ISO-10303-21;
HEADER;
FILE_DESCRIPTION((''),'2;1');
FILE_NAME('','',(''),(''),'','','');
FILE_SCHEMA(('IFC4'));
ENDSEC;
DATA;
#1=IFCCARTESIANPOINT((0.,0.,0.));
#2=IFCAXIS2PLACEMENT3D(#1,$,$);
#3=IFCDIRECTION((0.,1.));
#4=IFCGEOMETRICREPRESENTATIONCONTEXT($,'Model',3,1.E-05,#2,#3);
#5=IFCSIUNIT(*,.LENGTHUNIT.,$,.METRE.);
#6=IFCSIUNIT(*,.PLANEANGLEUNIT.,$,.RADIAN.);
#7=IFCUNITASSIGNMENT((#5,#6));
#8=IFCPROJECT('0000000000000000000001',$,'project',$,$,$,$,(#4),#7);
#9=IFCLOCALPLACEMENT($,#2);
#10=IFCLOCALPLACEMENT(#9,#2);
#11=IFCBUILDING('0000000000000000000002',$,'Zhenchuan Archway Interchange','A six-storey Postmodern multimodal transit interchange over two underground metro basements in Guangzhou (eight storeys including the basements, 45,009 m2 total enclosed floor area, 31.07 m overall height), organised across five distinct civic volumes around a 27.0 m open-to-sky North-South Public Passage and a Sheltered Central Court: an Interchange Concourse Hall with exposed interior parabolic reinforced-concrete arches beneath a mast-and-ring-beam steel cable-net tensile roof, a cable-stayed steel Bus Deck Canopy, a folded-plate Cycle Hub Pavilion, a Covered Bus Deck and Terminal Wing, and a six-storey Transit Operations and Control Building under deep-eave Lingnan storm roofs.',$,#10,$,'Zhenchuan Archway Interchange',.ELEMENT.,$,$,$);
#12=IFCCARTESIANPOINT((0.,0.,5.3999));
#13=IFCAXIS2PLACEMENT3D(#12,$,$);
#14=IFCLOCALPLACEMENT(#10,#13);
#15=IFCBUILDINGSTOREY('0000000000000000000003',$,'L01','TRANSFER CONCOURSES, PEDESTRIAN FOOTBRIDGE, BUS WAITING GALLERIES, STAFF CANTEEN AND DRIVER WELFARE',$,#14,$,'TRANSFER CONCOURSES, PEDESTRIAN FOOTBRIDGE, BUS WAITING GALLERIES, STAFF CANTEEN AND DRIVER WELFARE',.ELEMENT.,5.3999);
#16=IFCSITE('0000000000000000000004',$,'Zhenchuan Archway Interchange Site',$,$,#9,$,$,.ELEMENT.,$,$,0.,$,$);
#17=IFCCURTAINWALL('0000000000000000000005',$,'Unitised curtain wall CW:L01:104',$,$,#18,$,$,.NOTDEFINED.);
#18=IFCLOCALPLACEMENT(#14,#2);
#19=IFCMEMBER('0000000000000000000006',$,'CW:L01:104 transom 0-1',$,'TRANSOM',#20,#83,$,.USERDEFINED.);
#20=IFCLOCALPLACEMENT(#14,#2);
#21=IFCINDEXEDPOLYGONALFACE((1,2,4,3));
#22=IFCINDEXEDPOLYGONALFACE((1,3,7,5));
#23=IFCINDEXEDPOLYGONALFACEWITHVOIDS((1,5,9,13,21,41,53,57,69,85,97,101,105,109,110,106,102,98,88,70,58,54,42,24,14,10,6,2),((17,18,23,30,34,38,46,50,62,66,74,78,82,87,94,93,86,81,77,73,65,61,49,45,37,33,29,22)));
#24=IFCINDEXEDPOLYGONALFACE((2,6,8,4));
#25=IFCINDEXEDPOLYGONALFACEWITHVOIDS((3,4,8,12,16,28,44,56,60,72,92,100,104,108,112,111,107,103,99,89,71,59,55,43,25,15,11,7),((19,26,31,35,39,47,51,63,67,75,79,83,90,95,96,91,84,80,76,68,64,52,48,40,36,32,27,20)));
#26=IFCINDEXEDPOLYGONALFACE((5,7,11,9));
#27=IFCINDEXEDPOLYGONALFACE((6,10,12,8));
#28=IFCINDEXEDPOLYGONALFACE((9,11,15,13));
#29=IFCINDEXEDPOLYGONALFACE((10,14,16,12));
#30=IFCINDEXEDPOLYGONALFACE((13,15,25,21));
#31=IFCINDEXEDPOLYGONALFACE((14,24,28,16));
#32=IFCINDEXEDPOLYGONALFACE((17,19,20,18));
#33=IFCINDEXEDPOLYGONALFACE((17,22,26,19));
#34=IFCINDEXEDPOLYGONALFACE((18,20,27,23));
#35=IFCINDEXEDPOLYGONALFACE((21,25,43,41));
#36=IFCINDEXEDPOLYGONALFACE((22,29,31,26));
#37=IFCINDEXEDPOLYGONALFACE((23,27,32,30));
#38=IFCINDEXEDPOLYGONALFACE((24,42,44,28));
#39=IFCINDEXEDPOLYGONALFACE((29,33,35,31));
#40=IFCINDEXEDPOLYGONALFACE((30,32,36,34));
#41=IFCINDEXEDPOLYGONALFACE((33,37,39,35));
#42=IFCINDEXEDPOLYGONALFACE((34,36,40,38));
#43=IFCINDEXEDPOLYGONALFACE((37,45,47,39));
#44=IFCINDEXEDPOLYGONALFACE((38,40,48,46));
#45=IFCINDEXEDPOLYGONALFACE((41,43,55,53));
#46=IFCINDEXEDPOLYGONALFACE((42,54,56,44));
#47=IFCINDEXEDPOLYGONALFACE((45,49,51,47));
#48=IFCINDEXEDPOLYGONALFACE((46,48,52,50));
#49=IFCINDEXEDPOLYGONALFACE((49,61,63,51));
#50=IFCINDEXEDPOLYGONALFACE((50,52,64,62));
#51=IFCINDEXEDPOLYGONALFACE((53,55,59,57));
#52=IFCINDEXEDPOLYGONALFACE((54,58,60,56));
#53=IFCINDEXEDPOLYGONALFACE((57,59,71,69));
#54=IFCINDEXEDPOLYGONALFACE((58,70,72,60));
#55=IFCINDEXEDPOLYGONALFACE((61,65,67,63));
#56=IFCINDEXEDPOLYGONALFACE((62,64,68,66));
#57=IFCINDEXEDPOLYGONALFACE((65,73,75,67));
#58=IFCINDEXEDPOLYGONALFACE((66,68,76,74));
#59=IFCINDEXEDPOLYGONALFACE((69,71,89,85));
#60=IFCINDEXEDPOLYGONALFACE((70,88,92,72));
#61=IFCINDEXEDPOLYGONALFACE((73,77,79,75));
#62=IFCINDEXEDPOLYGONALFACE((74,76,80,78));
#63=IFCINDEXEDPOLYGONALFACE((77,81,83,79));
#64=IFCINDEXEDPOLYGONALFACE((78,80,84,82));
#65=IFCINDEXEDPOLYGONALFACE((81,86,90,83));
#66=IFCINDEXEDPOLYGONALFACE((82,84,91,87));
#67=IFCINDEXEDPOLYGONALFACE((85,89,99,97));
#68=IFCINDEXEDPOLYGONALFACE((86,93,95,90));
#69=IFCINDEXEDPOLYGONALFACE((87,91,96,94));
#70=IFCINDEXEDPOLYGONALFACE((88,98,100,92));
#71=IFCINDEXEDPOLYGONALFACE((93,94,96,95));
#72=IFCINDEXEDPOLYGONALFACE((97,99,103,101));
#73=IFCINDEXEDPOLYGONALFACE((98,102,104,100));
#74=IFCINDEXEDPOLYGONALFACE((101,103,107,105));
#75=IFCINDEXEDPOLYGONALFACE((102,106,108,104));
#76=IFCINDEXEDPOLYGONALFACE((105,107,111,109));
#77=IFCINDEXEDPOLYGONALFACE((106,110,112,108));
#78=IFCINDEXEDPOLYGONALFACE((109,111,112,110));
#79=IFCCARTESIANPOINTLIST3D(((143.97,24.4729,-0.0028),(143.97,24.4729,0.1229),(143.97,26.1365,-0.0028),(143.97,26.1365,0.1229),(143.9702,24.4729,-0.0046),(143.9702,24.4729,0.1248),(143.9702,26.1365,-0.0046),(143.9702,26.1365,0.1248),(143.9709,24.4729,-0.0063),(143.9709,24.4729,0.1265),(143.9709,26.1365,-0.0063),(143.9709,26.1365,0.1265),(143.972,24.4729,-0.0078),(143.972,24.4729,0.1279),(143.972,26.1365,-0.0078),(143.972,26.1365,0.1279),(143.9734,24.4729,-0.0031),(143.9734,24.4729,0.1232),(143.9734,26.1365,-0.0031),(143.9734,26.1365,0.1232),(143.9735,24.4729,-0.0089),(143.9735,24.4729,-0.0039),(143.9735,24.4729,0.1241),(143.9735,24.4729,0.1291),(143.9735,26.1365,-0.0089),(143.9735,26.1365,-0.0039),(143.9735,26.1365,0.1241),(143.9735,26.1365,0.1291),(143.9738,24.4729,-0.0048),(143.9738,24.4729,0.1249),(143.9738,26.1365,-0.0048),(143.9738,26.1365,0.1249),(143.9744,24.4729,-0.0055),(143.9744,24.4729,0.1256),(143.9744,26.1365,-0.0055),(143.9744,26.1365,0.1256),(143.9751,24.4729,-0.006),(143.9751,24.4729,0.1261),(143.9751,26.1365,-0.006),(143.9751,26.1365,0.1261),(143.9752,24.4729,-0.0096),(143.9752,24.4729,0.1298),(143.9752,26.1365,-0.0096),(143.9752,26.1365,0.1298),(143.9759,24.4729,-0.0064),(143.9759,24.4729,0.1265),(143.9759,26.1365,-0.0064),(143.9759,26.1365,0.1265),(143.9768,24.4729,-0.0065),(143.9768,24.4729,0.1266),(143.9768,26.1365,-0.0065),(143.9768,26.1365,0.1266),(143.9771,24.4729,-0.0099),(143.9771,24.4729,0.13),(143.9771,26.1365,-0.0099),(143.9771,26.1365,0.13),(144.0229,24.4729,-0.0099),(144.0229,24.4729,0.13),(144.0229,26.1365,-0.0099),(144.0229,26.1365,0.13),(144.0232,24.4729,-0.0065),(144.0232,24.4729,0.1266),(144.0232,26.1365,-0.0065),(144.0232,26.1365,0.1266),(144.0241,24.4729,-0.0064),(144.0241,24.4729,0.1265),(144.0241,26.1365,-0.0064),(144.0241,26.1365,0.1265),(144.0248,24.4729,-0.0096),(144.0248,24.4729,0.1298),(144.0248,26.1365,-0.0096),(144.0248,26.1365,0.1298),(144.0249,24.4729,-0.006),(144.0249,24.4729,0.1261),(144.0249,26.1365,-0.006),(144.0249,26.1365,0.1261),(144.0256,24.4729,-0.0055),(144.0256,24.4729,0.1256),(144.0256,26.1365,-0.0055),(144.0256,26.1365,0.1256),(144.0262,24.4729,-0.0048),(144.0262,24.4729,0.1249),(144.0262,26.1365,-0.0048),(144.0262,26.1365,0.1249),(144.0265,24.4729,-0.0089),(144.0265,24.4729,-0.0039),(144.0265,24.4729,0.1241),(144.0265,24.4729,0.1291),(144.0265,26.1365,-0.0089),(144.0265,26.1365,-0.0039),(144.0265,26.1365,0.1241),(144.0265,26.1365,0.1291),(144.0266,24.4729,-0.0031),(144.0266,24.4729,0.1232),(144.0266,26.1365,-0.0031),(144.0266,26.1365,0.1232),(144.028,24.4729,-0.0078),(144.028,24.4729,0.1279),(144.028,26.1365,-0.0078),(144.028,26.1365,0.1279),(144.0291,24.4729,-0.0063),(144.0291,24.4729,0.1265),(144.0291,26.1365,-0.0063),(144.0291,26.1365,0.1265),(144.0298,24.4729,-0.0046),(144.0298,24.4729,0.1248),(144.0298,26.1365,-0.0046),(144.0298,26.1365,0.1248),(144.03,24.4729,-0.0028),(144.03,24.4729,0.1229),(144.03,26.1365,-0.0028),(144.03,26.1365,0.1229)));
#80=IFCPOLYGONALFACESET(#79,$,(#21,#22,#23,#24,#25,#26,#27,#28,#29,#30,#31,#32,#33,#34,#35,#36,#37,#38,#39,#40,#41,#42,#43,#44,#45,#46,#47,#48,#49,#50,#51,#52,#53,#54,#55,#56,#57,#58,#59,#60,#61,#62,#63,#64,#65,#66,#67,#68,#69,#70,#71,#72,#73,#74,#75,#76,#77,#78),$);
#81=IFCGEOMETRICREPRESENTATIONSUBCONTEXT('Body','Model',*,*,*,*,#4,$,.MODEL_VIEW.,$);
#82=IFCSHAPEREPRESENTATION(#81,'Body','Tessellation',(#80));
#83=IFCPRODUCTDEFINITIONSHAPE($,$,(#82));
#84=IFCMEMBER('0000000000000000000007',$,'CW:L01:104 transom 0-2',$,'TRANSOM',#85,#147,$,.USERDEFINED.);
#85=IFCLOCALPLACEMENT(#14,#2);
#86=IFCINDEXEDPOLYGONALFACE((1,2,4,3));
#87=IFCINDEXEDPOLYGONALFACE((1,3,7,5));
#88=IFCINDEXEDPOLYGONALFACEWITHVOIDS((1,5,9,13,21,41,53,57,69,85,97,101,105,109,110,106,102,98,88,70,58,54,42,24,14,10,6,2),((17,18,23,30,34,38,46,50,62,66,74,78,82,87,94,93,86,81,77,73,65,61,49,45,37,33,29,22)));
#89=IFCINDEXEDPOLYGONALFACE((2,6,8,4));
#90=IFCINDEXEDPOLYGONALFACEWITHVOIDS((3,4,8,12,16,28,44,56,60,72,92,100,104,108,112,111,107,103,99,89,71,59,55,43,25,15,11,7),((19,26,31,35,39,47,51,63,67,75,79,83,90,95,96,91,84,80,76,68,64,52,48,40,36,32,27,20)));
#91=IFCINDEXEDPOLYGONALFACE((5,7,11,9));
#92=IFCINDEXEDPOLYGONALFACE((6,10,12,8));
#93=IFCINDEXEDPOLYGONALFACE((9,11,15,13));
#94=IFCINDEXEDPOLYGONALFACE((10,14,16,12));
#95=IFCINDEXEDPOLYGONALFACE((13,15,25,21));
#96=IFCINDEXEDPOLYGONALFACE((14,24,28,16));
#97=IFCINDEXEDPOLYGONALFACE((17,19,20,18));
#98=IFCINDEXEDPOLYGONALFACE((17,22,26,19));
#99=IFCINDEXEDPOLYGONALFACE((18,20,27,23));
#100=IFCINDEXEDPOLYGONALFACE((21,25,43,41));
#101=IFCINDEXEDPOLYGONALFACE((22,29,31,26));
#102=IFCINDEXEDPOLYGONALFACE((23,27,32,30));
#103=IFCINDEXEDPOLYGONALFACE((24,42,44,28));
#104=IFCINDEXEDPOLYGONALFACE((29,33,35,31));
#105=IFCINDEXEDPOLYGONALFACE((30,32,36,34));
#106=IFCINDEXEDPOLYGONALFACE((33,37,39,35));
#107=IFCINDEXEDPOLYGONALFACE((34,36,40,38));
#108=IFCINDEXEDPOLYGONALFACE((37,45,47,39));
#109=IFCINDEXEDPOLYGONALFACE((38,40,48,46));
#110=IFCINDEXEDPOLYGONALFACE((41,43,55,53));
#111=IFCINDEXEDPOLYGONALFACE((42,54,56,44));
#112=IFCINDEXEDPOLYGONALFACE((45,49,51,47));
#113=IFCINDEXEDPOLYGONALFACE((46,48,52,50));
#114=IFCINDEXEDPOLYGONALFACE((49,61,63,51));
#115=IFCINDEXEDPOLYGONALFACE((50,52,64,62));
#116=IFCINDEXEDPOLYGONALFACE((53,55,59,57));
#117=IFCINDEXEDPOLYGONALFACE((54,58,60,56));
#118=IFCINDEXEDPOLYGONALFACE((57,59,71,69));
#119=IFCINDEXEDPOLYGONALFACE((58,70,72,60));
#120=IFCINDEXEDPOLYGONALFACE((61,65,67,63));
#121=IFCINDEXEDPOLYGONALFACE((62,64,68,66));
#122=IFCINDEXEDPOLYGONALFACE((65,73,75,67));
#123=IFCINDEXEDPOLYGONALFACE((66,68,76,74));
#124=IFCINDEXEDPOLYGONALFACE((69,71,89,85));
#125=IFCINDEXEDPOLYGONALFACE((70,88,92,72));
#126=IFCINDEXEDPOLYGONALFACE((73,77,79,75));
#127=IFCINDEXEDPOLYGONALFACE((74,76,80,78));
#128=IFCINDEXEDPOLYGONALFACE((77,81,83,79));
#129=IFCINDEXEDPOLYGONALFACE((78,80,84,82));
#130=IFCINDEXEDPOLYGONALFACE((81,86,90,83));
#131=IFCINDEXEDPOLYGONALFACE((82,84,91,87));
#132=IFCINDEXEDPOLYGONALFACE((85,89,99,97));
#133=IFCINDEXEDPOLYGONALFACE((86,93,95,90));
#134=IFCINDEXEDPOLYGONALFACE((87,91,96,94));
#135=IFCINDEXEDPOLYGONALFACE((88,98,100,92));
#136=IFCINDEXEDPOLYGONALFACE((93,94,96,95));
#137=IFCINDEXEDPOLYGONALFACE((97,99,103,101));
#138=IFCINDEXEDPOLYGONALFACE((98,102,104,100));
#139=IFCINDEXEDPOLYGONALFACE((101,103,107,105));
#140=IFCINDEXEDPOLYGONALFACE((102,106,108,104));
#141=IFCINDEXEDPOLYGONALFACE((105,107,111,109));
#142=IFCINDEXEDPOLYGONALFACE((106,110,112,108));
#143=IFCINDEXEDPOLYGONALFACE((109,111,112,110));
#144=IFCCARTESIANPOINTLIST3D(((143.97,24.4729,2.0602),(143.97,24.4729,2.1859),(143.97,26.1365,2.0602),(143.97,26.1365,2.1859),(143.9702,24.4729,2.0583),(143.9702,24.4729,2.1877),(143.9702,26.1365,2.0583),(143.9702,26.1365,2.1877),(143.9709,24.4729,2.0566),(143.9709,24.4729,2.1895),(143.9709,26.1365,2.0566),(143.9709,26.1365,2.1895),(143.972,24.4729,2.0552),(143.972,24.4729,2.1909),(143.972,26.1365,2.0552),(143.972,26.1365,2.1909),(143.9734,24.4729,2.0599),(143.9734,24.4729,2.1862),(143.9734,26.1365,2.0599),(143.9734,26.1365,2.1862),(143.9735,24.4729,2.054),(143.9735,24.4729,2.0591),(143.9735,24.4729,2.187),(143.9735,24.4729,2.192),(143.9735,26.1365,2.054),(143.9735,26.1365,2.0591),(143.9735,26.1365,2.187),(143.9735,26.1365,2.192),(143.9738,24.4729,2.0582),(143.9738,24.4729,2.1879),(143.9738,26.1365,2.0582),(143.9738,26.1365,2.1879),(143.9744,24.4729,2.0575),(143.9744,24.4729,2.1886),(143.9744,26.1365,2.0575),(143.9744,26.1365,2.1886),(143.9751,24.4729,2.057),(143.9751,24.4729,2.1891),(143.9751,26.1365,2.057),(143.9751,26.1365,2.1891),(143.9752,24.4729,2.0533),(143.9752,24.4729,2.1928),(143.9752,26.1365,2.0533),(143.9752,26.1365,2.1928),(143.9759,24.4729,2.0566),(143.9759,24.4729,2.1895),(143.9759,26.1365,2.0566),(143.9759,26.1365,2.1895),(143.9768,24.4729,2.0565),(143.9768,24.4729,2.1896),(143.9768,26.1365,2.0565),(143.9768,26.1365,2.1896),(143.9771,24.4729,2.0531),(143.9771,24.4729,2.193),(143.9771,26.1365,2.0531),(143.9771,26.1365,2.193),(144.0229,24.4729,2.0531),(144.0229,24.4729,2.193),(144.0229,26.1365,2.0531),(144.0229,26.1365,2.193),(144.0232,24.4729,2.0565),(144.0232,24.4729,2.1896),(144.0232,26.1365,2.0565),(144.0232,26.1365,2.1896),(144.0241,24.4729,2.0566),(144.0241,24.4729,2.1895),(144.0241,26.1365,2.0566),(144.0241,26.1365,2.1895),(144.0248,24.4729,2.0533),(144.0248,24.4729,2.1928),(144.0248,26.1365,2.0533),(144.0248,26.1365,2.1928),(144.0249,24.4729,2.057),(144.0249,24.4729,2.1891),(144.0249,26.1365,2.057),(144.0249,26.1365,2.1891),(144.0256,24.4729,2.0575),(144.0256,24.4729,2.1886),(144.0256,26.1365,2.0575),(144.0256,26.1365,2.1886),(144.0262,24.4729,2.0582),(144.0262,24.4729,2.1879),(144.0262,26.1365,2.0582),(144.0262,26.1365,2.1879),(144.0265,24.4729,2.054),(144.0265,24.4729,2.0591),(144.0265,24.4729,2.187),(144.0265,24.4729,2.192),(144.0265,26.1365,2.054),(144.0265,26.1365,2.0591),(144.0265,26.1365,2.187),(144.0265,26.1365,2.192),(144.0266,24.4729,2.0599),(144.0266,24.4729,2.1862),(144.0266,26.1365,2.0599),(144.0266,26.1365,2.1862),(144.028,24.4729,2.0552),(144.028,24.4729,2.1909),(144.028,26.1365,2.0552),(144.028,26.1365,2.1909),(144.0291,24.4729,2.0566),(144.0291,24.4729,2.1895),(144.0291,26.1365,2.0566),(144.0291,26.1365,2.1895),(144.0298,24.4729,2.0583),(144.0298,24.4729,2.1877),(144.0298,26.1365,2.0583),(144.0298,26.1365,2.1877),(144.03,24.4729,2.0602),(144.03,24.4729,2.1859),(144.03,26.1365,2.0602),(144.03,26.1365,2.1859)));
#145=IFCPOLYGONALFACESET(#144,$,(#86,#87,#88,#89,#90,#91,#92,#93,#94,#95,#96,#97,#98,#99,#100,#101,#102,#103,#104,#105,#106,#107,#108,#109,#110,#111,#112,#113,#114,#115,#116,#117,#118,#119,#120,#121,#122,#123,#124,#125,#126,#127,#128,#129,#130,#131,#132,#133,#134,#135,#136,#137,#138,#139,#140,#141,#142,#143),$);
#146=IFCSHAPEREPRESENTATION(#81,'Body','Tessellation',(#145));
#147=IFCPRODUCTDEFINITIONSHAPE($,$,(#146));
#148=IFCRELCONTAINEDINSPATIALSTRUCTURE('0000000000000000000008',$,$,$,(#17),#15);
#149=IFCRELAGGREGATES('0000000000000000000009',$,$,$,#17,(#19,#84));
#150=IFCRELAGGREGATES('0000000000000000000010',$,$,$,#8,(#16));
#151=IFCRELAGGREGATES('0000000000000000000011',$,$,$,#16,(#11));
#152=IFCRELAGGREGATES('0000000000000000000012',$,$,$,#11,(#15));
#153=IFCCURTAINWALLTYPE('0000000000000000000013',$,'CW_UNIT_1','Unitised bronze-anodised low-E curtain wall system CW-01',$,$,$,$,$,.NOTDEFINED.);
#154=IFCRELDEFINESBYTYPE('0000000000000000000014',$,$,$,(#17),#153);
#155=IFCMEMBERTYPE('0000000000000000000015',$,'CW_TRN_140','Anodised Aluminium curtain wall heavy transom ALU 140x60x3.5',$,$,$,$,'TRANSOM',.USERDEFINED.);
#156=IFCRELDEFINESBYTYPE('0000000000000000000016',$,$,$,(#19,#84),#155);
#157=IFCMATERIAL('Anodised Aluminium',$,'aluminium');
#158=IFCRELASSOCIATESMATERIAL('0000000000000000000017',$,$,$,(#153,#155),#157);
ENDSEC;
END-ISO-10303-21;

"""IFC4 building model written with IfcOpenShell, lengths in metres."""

from ifc_helpers import new_model, si_unit, direction, frame, origin, origin_2d, place, context, subcontext, project, spatial, hollow_rectangle, extrude, material, material_profile, profile_set, type_object, element, aggregate, save


model = new_model("IFC4")

# Units and contexts
model_context = context("Model", 3, precision=1e-05, world=origin(), true_north=direction((0.0, 1.0)))
body_context = subcontext(model_context, "Body", "Model", "MODEL_VIEW")
ifc_project = project(units=[si_unit("LENGTHUNIT", "METRE"), si_unit("PLANEANGLEUNIT", "RADIAN")], contexts=[model_context])

# Site, building, storey
site_placement = place(None, origin())
site = spatial("IfcSite", under=ifc_project, at=site_placement, Name="Zhenchuan Archway Interchange Site", CompositionType="ELEMENT", RefElevation=0.0)
building_placement = place(site_placement, origin())
building = spatial("IfcBuilding", under=site, at=building_placement, Name="Zhenchuan Archway Interchange", Description="A six-storey Postmodern multimodal transit interchange over two underground metro basements in Guangzhou (eight storeys including the basements, 45,009 m2 total enclosed floor area, 31.07 m overall height), organised across five distinct civic volumes around a 27.0 m open-to-sky North-South Public Passage and a Sheltered Central Court: an Interchange Concourse Hall with exposed interior parabolic reinforced-concrete arches beneath a mast-and-ring-beam steel cable-net tensile roof, a cable-stayed steel Bus Deck Canopy, a folded-plate Cycle Hub Pavilion, a Covered Bus Deck and Terminal Wing, and a six-storey Transit Operations and Control Building under deep-eave Lingnan storm roofs.", LongName="Zhenchuan Archway Interchange", CompositionType="ELEMENT")
storey_placement = place(building_placement, frame((0.0, 0.0, 5.3999)))
storey = spatial("IfcBuildingStorey", under=building, at=storey_placement, Name="L01", Description="TRANSFER CONCOURSES, PEDESTRIAN FOOTBRIDGE, BUS WAITING GALLERIES, STAFF CANTEEN AND DRIVER WELFARE", LongName="TRANSFER CONCOURSES, PEDESTRIAN FOOTBRIDGE, BUS WAITING GALLERIES, STAFF CANTEEN AND DRIVER WELFARE", CompositionType="ELEMENT", Elevation=5.3999)

# Curtain wall, members
ifc_material_1 = material(Name="Anodised Aluminium", Category="aluminium")
curtain_wall_type = type_object("IfcCurtainWallType", Name="CW_UNIT_1", Description="Unitised bronze-anodised low-E curtain wall system CW-01", PredefinedType="NOTDEFINED", material=ifc_material_1)
curtain_wall_placement = place(storey_placement, origin())
curtain_wall = element("IfcCurtainWall", 1, at=curtain_wall_placement, inside=storey, type_object=curtain_wall_type, Name="Unitised curtain wall CW:L01:104", PredefinedType="NOTDEFINED")
ifc_material_profile_1 = material_profile(ifc_material_1, hollow_rectangle(XDim=0.0601, YDim=0.1399, WallThickness=0.0034, InnerFilletRadius=0.0034, OuterFilletRadius=0.0071, at=origin_2d()), Name="ALU 140x60x3.5")
ifc_profile_set_1 = profile_set([ifc_material_profile_1], Name="Anodised Aluminium")
member_type_1 = type_object("IfcMemberType", Name="CW_TRN_140", Description="Anodised Aluminium curtain wall heavy transom ALU 140x60x3.5", ElementType="TRANSOM", PredefinedType="USERDEFINED", material=ifc_profile_set_1)
member_1_placement = place(storey_placement, frame((144.0, 24.4729, 0.0601), z_axis=(0.0, 1.0, 0.0), x_axis=(-1.0, 0.0, 0.0)))
member_1 = element("IfcMember", 2, at=member_1_placement, type_object=member_type_1, Name="CW:L01:104 transom 0-1", ObjectType="TRANSOM", PredefinedType="USERDEFINED", context=body_context, shape_type="SweptSolid", body=[
    extrude(hollow_rectangle(XDim=0.0601, YDim=0.1399, WallThickness=0.0034, InnerFilletRadius=0.0034, OuterFilletRadius=0.0071, at=origin_2d()), origin(), (0.0, 0.0, 1.0), 1.6636),
])
member_2_placement = place(storey_placement, frame((144.0, 24.4729, 2.123), z_axis=(0.0, 1.0, 0.0), x_axis=(-1.0, 0.0, 0.0)))
member_2 = element("IfcMember", 3, at=member_2_placement, type_object=member_type_1, Name="CW:L01:104 transom 0-2", ObjectType="TRANSOM", PredefinedType="USERDEFINED", context=body_context, shape_type="SweptSolid", body=[
    extrude(hollow_rectangle(XDim=0.0601, YDim=0.1399, WallThickness=0.0034, InnerFilletRadius=0.0034, OuterFilletRadius=0.0071, at=origin_2d()), origin(), (0.0, 0.0, 1.0), 1.6636),
])

aggregate(curtain_wall, [member_1, member_2])

save(model, "model.ifc")
